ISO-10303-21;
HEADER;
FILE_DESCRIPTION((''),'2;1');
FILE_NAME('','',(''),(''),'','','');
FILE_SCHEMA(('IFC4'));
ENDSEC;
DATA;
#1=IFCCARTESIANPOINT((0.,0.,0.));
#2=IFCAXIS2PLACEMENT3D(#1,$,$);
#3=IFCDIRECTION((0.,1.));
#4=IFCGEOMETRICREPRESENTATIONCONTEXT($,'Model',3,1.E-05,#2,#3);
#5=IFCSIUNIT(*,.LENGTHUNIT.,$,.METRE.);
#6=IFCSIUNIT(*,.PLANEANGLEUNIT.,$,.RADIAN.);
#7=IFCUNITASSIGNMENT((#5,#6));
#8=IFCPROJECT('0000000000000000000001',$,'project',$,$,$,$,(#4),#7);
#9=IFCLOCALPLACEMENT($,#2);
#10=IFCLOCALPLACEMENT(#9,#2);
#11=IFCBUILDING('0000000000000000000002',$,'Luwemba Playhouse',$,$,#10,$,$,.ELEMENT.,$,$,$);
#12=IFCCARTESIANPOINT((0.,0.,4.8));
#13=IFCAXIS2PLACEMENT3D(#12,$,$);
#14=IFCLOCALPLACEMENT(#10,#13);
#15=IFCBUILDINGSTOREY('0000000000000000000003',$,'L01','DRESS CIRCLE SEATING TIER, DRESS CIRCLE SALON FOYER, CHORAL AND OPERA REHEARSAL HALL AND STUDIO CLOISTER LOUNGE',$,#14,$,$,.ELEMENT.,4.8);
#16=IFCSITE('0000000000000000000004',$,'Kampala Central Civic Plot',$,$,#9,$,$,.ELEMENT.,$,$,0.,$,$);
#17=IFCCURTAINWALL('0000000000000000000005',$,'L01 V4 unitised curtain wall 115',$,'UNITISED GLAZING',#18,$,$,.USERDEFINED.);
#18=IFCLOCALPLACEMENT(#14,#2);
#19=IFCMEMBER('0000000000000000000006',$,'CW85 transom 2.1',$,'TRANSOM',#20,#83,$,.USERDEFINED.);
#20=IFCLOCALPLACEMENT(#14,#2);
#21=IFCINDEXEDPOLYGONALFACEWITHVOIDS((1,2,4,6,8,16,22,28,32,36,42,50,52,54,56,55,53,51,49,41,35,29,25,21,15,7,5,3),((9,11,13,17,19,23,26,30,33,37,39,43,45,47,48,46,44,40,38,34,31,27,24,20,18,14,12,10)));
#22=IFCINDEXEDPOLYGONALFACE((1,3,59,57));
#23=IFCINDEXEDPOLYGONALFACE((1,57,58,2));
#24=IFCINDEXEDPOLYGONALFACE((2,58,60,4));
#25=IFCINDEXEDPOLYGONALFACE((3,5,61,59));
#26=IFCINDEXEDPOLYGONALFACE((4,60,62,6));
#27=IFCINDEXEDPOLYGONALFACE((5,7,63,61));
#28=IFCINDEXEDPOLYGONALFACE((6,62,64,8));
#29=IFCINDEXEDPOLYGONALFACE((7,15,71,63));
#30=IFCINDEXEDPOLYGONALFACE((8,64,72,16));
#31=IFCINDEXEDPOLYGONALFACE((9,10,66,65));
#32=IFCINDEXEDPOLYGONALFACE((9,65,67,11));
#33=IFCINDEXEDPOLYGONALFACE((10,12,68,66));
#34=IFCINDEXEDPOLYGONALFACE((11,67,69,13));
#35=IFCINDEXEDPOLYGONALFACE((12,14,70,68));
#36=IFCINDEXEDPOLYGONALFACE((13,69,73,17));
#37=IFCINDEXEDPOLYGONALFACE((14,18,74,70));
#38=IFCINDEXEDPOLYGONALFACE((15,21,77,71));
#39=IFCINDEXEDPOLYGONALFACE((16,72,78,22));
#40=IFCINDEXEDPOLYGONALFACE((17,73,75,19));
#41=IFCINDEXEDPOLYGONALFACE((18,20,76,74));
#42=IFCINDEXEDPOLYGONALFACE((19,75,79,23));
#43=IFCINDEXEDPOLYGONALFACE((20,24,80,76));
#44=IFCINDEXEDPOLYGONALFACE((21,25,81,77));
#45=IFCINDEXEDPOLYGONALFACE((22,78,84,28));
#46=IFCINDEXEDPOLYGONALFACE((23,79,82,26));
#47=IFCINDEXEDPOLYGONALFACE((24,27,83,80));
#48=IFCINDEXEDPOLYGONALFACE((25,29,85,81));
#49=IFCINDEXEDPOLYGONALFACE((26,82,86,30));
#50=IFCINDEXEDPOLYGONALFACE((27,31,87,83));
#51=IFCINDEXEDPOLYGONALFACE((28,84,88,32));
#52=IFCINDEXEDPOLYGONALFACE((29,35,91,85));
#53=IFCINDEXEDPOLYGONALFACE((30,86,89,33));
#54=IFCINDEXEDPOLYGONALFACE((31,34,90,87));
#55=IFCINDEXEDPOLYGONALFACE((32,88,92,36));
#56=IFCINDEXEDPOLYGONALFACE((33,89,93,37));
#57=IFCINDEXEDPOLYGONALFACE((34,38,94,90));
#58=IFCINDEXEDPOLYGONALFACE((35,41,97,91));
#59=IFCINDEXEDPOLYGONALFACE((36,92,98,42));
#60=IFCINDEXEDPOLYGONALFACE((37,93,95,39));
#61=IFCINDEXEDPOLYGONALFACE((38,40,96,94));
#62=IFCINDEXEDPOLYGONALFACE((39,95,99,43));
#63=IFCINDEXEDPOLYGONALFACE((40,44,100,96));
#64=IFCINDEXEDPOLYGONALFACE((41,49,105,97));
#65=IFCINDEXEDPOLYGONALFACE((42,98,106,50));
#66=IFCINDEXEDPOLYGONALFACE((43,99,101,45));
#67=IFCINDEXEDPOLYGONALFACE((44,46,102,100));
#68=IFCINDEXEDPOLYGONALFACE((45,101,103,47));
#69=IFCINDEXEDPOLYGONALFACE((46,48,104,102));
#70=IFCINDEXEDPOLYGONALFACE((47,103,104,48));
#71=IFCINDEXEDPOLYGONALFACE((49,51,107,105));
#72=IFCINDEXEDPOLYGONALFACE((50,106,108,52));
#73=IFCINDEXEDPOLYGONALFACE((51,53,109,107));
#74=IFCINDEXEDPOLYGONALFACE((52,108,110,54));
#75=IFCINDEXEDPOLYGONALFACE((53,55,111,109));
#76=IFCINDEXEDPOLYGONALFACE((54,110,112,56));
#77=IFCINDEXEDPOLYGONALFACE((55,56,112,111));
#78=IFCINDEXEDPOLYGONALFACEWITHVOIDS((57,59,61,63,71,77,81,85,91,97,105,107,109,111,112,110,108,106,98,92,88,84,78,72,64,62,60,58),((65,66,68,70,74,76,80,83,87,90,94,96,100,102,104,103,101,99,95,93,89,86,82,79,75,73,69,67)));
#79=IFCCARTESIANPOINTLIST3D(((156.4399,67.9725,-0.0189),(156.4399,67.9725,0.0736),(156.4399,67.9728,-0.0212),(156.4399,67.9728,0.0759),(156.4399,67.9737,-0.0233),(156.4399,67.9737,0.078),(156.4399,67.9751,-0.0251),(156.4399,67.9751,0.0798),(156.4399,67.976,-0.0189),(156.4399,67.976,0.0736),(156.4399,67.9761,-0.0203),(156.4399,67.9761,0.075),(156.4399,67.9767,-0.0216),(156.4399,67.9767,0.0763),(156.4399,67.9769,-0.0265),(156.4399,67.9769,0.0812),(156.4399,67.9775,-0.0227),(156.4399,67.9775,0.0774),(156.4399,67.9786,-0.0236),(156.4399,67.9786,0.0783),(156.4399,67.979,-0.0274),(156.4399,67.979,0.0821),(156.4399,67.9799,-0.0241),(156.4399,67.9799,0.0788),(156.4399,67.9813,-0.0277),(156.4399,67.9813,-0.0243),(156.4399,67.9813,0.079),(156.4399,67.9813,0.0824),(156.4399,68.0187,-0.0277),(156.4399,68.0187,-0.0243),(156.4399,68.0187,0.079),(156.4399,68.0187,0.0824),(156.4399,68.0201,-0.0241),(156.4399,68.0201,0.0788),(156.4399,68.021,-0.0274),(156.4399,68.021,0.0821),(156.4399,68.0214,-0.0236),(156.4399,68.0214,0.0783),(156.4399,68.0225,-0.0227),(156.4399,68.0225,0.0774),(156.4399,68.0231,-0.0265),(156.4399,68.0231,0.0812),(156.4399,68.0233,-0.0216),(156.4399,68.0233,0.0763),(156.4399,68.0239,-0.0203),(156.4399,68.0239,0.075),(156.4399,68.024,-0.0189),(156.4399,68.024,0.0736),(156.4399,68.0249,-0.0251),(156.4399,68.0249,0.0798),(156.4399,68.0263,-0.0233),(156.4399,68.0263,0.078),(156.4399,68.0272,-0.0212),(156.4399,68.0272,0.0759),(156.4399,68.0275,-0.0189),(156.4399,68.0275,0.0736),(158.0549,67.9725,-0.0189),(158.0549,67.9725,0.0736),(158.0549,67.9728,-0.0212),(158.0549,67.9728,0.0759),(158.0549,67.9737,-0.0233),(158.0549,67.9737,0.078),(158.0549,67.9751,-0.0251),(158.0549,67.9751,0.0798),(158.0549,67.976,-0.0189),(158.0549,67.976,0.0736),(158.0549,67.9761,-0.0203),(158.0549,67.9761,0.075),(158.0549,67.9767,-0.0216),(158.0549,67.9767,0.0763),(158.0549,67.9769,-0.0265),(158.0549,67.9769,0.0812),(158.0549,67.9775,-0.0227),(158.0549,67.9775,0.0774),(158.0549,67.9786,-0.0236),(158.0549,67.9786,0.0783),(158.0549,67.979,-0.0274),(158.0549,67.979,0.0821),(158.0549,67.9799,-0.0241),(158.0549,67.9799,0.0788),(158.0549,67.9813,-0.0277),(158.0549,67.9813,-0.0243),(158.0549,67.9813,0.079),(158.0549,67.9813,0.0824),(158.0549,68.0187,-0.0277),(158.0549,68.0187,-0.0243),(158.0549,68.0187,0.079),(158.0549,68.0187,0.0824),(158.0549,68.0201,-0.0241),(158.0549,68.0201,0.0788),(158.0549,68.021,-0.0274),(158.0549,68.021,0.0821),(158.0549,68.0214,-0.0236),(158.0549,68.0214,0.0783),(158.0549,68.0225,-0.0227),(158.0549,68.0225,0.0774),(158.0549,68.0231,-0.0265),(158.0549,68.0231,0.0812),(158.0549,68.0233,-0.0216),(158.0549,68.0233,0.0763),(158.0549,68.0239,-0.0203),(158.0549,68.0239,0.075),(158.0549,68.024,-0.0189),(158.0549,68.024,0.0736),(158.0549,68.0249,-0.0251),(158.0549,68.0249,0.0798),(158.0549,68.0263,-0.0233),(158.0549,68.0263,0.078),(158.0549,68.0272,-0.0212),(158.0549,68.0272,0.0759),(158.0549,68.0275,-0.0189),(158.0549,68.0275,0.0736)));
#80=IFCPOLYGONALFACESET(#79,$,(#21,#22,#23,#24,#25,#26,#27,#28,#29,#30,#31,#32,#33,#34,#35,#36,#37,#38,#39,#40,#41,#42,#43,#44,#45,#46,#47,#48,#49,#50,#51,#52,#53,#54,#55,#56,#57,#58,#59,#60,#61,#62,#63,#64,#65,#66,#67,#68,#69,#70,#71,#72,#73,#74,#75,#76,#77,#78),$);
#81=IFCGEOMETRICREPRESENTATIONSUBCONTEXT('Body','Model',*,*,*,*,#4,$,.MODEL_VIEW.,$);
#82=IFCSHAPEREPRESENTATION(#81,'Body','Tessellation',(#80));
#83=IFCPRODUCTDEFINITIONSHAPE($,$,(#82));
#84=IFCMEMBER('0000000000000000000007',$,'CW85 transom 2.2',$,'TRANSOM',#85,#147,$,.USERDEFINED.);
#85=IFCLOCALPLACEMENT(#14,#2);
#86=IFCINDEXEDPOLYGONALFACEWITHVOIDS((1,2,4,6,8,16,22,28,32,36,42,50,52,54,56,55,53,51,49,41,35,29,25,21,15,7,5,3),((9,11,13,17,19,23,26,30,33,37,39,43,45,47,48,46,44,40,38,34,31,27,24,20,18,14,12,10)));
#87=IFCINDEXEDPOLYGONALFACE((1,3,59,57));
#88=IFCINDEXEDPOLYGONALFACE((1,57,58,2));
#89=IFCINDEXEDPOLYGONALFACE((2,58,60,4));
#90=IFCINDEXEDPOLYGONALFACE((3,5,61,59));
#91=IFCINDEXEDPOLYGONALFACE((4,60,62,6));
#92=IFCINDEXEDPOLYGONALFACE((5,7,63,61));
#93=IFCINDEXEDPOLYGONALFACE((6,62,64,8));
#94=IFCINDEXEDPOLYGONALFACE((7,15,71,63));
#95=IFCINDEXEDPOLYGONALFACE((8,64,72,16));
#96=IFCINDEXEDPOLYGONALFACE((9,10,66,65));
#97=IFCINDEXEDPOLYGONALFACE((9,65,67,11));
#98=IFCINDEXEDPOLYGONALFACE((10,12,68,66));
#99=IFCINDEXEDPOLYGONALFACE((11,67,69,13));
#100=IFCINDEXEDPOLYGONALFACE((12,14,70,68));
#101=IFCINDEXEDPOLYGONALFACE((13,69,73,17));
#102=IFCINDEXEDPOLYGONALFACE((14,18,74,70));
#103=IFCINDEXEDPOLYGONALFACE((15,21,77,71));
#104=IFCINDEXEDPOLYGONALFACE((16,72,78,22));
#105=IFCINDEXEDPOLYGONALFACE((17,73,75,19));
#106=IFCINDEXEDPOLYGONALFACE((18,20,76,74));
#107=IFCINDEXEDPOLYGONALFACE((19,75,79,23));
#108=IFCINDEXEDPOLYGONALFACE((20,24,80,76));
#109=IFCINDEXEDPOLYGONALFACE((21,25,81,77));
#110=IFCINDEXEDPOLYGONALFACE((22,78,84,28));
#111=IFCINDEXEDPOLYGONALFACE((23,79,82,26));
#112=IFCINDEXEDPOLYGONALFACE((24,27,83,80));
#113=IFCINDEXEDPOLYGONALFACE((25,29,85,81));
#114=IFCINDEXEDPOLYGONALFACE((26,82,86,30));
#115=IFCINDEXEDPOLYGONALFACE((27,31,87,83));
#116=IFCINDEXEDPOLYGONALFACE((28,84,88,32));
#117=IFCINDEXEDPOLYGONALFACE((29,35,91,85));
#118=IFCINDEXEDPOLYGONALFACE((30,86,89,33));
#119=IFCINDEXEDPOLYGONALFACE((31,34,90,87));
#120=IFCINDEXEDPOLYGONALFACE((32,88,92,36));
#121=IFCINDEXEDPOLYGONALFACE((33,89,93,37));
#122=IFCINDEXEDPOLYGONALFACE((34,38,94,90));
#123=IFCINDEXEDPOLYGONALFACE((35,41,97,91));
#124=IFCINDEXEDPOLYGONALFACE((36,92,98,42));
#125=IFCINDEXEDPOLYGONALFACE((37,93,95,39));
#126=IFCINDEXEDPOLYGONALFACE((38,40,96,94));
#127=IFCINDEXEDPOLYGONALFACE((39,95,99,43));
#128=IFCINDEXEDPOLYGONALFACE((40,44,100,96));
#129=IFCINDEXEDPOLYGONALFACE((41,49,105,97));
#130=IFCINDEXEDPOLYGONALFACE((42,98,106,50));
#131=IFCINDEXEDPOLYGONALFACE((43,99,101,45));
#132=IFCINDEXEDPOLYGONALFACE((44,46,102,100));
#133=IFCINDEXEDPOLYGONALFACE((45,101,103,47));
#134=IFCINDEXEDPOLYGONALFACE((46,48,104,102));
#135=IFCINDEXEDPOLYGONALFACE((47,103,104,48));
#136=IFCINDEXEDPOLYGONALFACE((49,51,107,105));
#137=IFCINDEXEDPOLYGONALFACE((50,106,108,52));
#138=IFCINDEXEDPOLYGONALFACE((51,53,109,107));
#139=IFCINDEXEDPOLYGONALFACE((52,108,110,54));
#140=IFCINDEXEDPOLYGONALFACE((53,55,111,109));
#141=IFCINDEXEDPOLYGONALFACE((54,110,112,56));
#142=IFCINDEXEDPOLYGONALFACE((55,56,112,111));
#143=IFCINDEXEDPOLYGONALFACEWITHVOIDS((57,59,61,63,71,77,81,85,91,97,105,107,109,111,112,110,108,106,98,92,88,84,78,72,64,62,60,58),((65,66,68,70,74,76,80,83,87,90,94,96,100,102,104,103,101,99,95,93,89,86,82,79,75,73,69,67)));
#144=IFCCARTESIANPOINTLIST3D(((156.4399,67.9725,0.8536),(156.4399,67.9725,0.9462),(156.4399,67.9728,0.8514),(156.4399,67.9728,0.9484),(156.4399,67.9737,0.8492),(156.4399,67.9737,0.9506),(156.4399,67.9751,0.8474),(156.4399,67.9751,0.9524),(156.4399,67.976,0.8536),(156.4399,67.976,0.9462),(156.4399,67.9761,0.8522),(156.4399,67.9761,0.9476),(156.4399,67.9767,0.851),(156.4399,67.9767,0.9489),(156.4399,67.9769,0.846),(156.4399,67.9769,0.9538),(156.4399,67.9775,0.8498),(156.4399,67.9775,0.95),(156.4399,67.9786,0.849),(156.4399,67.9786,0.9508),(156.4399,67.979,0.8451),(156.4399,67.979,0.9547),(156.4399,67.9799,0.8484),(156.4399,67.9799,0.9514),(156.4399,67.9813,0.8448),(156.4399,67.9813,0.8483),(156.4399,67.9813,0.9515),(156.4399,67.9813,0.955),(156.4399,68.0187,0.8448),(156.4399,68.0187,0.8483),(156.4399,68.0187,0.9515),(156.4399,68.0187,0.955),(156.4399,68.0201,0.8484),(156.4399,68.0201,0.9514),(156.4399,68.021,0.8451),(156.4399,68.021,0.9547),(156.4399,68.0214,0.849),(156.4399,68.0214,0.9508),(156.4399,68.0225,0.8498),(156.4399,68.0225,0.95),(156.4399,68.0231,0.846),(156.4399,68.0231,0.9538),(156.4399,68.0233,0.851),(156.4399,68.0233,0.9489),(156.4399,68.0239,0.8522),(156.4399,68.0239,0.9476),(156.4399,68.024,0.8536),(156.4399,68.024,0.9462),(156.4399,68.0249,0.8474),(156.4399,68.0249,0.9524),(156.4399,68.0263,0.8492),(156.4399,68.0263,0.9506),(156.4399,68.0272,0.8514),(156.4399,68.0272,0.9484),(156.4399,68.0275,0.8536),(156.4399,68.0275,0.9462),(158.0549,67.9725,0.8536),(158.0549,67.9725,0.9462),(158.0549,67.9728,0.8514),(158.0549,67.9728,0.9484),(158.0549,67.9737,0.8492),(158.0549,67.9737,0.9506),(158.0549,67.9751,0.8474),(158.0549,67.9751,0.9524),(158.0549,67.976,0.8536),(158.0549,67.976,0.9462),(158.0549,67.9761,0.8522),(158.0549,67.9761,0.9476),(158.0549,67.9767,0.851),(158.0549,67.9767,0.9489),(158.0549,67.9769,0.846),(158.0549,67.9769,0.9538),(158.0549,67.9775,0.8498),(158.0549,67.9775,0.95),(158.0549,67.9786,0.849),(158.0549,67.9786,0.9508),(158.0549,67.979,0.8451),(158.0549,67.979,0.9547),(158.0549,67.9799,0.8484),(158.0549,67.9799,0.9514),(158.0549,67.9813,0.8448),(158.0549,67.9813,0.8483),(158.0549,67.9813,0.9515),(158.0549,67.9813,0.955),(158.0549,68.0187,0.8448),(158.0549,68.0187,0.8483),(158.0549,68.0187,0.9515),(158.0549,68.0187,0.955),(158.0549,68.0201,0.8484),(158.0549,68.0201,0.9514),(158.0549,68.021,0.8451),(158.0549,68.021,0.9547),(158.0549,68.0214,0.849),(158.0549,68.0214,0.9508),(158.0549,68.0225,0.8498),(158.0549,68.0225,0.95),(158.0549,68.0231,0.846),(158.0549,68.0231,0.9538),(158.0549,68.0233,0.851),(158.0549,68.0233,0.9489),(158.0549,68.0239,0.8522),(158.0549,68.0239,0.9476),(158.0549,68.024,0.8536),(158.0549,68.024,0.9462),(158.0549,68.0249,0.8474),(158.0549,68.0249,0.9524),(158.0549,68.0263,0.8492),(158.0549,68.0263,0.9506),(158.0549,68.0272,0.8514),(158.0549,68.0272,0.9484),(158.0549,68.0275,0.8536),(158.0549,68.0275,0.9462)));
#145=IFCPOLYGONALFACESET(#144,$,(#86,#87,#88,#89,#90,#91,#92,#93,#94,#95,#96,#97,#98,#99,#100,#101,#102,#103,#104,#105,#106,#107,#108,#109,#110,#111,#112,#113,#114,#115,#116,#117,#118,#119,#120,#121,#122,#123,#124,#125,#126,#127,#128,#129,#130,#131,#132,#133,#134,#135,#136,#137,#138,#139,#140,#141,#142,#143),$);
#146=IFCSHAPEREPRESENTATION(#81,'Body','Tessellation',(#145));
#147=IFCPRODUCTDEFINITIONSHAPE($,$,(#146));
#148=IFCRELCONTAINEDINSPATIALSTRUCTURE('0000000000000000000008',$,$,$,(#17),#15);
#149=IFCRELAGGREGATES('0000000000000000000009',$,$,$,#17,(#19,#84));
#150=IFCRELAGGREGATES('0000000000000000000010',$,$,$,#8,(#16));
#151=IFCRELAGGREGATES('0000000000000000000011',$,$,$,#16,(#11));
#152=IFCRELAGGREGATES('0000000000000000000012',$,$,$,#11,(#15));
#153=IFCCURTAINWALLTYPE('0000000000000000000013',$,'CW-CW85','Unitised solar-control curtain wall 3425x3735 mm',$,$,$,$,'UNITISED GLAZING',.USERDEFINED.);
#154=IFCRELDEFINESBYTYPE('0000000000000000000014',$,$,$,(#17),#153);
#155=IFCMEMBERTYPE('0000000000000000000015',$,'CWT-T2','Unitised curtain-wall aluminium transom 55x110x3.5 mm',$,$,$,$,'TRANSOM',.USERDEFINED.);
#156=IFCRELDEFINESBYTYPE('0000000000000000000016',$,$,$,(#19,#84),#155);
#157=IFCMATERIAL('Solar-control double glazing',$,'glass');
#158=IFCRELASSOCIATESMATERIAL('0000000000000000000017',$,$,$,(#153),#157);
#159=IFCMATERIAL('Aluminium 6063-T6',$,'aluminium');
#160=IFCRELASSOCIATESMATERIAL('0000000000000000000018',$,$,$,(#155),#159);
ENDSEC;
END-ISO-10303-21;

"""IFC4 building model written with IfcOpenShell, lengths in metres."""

from ifc_helpers import new_model, si_unit, direction, frame, origin, origin_2d, place, context, subcontext, project, spatial, hollow_rectangle, extrude, material, material_profile, profile_set, type_object, element, aggregate, save


model = new_model("IFC4")

# Units and contexts
model_context = context("Model", 3, precision=1e-05, world=origin(), true_north=direction((0.0, 1.0)))
body_context = subcontext(model_context, "Body", "Model", "MODEL_VIEW")
ifc_project = project(units=[si_unit("LENGTHUNIT", "METRE"), si_unit("PLANEANGLEUNIT", "RADIAN")], contexts=[model_context])

# Site, building, storey
site_placement = place(None, origin())
site = spatial("IfcSite", under=ifc_project, at=site_placement, Name="Kampala Central Civic Plot", CompositionType="ELEMENT", RefElevation=0.0)
building_placement = place(site_placement, origin())
building = spatial("IfcBuilding", under=site, at=building_placement, Name="Luwemba Playhouse", CompositionType="ELEMENT")
storey_placement = place(building_placement, frame((0.0, 0.0, 4.8)))
storey = spatial("IfcBuildingStorey", under=building, at=storey_placement, Name="L01", Description="DRESS CIRCLE SEATING TIER, DRESS CIRCLE SALON FOYER, CHORAL AND OPERA REHEARSAL HALL AND STUDIO CLOISTER LOUNGE", CompositionType="ELEMENT", Elevation=4.8)

# Curtain wall, members
ifc_material_1 = material(Name="Solar-control double glazing", Category="glass")
curtain_wall_type = type_object("IfcCurtainWallType", Name="CW-CW85", Description="Unitised solar-control curtain wall 3425x3735 mm", ElementType="UNITISED GLAZING", PredefinedType="USERDEFINED", material=ifc_material_1)
curtain_wall_placement = place(storey_placement, origin())
curtain_wall = element("IfcCurtainWall", 1, at=curtain_wall_placement, inside=storey, type_object=curtain_wall_type, Name="L01 V4 unitised curtain wall 115", ObjectType="UNITISED GLAZING", PredefinedType="USERDEFINED")
ifc_material_2 = material(Name="Aluminium 6063-T6", Category="aluminium")
ifc_material_profile_1 = material_profile(ifc_material_2, hollow_rectangle(XDim=0.0549, YDim=0.1101, WallThickness=0.0034, InnerFilletRadius=0.0054, OuterFilletRadius=0.0088, at=origin_2d()))
ifc_profile_set_1 = profile_set([ifc_material_profile_1], Name="Aluminium 6063-T6")
member_type_1 = type_object("IfcMemberType", Name="CWT-T2", Description="Unitised curtain-wall aluminium transom 55x110x3.5 mm", ElementType="TRANSOM", PredefinedType="USERDEFINED", material=ifc_profile_set_1)
member_1_placement = place(storey_placement, frame((158.0549, 68.0, 0.0273), z_axis=(-1.0, 0.0, 0.0), x_axis=(0.0, -1.0, 0.0)))
member_1 = element("IfcMember", 2, at=member_1_placement, type_object=member_type_1, Name="CW85 transom 2.1", ObjectType="TRANSOM", PredefinedType="USERDEFINED", context=body_context, shape_type="SweptSolid", body=[
    extrude(hollow_rectangle(XDim=0.0549, YDim=0.1101, WallThickness=0.0034, InnerFilletRadius=0.0054, OuterFilletRadius=0.0088, at=origin_2d()), origin(), (0.0, 0.0, 1.0), 1.615),
])
member_2_placement = place(storey_placement, frame((158.0549, 68.0, 0.8999), z_axis=(-1.0, 0.0, 0.0), x_axis=(0.0, -1.0, 0.0)))
member_2 = element("IfcMember", 3, at=member_2_placement, type_object=member_type_1, Name="CW85 transom 2.2", ObjectType="TRANSOM", PredefinedType="USERDEFINED", context=body_context, shape_type="SweptSolid", body=[
    extrude(hollow_rectangle(XDim=0.0549, YDim=0.1101, WallThickness=0.0034, InnerFilletRadius=0.0054, OuterFilletRadius=0.0088, at=origin_2d()), origin(), (0.0, 0.0, 1.0), 1.615),
])
aggregate(curtain_wall, [member_1, member_2])

save(model, "model.ifc")
